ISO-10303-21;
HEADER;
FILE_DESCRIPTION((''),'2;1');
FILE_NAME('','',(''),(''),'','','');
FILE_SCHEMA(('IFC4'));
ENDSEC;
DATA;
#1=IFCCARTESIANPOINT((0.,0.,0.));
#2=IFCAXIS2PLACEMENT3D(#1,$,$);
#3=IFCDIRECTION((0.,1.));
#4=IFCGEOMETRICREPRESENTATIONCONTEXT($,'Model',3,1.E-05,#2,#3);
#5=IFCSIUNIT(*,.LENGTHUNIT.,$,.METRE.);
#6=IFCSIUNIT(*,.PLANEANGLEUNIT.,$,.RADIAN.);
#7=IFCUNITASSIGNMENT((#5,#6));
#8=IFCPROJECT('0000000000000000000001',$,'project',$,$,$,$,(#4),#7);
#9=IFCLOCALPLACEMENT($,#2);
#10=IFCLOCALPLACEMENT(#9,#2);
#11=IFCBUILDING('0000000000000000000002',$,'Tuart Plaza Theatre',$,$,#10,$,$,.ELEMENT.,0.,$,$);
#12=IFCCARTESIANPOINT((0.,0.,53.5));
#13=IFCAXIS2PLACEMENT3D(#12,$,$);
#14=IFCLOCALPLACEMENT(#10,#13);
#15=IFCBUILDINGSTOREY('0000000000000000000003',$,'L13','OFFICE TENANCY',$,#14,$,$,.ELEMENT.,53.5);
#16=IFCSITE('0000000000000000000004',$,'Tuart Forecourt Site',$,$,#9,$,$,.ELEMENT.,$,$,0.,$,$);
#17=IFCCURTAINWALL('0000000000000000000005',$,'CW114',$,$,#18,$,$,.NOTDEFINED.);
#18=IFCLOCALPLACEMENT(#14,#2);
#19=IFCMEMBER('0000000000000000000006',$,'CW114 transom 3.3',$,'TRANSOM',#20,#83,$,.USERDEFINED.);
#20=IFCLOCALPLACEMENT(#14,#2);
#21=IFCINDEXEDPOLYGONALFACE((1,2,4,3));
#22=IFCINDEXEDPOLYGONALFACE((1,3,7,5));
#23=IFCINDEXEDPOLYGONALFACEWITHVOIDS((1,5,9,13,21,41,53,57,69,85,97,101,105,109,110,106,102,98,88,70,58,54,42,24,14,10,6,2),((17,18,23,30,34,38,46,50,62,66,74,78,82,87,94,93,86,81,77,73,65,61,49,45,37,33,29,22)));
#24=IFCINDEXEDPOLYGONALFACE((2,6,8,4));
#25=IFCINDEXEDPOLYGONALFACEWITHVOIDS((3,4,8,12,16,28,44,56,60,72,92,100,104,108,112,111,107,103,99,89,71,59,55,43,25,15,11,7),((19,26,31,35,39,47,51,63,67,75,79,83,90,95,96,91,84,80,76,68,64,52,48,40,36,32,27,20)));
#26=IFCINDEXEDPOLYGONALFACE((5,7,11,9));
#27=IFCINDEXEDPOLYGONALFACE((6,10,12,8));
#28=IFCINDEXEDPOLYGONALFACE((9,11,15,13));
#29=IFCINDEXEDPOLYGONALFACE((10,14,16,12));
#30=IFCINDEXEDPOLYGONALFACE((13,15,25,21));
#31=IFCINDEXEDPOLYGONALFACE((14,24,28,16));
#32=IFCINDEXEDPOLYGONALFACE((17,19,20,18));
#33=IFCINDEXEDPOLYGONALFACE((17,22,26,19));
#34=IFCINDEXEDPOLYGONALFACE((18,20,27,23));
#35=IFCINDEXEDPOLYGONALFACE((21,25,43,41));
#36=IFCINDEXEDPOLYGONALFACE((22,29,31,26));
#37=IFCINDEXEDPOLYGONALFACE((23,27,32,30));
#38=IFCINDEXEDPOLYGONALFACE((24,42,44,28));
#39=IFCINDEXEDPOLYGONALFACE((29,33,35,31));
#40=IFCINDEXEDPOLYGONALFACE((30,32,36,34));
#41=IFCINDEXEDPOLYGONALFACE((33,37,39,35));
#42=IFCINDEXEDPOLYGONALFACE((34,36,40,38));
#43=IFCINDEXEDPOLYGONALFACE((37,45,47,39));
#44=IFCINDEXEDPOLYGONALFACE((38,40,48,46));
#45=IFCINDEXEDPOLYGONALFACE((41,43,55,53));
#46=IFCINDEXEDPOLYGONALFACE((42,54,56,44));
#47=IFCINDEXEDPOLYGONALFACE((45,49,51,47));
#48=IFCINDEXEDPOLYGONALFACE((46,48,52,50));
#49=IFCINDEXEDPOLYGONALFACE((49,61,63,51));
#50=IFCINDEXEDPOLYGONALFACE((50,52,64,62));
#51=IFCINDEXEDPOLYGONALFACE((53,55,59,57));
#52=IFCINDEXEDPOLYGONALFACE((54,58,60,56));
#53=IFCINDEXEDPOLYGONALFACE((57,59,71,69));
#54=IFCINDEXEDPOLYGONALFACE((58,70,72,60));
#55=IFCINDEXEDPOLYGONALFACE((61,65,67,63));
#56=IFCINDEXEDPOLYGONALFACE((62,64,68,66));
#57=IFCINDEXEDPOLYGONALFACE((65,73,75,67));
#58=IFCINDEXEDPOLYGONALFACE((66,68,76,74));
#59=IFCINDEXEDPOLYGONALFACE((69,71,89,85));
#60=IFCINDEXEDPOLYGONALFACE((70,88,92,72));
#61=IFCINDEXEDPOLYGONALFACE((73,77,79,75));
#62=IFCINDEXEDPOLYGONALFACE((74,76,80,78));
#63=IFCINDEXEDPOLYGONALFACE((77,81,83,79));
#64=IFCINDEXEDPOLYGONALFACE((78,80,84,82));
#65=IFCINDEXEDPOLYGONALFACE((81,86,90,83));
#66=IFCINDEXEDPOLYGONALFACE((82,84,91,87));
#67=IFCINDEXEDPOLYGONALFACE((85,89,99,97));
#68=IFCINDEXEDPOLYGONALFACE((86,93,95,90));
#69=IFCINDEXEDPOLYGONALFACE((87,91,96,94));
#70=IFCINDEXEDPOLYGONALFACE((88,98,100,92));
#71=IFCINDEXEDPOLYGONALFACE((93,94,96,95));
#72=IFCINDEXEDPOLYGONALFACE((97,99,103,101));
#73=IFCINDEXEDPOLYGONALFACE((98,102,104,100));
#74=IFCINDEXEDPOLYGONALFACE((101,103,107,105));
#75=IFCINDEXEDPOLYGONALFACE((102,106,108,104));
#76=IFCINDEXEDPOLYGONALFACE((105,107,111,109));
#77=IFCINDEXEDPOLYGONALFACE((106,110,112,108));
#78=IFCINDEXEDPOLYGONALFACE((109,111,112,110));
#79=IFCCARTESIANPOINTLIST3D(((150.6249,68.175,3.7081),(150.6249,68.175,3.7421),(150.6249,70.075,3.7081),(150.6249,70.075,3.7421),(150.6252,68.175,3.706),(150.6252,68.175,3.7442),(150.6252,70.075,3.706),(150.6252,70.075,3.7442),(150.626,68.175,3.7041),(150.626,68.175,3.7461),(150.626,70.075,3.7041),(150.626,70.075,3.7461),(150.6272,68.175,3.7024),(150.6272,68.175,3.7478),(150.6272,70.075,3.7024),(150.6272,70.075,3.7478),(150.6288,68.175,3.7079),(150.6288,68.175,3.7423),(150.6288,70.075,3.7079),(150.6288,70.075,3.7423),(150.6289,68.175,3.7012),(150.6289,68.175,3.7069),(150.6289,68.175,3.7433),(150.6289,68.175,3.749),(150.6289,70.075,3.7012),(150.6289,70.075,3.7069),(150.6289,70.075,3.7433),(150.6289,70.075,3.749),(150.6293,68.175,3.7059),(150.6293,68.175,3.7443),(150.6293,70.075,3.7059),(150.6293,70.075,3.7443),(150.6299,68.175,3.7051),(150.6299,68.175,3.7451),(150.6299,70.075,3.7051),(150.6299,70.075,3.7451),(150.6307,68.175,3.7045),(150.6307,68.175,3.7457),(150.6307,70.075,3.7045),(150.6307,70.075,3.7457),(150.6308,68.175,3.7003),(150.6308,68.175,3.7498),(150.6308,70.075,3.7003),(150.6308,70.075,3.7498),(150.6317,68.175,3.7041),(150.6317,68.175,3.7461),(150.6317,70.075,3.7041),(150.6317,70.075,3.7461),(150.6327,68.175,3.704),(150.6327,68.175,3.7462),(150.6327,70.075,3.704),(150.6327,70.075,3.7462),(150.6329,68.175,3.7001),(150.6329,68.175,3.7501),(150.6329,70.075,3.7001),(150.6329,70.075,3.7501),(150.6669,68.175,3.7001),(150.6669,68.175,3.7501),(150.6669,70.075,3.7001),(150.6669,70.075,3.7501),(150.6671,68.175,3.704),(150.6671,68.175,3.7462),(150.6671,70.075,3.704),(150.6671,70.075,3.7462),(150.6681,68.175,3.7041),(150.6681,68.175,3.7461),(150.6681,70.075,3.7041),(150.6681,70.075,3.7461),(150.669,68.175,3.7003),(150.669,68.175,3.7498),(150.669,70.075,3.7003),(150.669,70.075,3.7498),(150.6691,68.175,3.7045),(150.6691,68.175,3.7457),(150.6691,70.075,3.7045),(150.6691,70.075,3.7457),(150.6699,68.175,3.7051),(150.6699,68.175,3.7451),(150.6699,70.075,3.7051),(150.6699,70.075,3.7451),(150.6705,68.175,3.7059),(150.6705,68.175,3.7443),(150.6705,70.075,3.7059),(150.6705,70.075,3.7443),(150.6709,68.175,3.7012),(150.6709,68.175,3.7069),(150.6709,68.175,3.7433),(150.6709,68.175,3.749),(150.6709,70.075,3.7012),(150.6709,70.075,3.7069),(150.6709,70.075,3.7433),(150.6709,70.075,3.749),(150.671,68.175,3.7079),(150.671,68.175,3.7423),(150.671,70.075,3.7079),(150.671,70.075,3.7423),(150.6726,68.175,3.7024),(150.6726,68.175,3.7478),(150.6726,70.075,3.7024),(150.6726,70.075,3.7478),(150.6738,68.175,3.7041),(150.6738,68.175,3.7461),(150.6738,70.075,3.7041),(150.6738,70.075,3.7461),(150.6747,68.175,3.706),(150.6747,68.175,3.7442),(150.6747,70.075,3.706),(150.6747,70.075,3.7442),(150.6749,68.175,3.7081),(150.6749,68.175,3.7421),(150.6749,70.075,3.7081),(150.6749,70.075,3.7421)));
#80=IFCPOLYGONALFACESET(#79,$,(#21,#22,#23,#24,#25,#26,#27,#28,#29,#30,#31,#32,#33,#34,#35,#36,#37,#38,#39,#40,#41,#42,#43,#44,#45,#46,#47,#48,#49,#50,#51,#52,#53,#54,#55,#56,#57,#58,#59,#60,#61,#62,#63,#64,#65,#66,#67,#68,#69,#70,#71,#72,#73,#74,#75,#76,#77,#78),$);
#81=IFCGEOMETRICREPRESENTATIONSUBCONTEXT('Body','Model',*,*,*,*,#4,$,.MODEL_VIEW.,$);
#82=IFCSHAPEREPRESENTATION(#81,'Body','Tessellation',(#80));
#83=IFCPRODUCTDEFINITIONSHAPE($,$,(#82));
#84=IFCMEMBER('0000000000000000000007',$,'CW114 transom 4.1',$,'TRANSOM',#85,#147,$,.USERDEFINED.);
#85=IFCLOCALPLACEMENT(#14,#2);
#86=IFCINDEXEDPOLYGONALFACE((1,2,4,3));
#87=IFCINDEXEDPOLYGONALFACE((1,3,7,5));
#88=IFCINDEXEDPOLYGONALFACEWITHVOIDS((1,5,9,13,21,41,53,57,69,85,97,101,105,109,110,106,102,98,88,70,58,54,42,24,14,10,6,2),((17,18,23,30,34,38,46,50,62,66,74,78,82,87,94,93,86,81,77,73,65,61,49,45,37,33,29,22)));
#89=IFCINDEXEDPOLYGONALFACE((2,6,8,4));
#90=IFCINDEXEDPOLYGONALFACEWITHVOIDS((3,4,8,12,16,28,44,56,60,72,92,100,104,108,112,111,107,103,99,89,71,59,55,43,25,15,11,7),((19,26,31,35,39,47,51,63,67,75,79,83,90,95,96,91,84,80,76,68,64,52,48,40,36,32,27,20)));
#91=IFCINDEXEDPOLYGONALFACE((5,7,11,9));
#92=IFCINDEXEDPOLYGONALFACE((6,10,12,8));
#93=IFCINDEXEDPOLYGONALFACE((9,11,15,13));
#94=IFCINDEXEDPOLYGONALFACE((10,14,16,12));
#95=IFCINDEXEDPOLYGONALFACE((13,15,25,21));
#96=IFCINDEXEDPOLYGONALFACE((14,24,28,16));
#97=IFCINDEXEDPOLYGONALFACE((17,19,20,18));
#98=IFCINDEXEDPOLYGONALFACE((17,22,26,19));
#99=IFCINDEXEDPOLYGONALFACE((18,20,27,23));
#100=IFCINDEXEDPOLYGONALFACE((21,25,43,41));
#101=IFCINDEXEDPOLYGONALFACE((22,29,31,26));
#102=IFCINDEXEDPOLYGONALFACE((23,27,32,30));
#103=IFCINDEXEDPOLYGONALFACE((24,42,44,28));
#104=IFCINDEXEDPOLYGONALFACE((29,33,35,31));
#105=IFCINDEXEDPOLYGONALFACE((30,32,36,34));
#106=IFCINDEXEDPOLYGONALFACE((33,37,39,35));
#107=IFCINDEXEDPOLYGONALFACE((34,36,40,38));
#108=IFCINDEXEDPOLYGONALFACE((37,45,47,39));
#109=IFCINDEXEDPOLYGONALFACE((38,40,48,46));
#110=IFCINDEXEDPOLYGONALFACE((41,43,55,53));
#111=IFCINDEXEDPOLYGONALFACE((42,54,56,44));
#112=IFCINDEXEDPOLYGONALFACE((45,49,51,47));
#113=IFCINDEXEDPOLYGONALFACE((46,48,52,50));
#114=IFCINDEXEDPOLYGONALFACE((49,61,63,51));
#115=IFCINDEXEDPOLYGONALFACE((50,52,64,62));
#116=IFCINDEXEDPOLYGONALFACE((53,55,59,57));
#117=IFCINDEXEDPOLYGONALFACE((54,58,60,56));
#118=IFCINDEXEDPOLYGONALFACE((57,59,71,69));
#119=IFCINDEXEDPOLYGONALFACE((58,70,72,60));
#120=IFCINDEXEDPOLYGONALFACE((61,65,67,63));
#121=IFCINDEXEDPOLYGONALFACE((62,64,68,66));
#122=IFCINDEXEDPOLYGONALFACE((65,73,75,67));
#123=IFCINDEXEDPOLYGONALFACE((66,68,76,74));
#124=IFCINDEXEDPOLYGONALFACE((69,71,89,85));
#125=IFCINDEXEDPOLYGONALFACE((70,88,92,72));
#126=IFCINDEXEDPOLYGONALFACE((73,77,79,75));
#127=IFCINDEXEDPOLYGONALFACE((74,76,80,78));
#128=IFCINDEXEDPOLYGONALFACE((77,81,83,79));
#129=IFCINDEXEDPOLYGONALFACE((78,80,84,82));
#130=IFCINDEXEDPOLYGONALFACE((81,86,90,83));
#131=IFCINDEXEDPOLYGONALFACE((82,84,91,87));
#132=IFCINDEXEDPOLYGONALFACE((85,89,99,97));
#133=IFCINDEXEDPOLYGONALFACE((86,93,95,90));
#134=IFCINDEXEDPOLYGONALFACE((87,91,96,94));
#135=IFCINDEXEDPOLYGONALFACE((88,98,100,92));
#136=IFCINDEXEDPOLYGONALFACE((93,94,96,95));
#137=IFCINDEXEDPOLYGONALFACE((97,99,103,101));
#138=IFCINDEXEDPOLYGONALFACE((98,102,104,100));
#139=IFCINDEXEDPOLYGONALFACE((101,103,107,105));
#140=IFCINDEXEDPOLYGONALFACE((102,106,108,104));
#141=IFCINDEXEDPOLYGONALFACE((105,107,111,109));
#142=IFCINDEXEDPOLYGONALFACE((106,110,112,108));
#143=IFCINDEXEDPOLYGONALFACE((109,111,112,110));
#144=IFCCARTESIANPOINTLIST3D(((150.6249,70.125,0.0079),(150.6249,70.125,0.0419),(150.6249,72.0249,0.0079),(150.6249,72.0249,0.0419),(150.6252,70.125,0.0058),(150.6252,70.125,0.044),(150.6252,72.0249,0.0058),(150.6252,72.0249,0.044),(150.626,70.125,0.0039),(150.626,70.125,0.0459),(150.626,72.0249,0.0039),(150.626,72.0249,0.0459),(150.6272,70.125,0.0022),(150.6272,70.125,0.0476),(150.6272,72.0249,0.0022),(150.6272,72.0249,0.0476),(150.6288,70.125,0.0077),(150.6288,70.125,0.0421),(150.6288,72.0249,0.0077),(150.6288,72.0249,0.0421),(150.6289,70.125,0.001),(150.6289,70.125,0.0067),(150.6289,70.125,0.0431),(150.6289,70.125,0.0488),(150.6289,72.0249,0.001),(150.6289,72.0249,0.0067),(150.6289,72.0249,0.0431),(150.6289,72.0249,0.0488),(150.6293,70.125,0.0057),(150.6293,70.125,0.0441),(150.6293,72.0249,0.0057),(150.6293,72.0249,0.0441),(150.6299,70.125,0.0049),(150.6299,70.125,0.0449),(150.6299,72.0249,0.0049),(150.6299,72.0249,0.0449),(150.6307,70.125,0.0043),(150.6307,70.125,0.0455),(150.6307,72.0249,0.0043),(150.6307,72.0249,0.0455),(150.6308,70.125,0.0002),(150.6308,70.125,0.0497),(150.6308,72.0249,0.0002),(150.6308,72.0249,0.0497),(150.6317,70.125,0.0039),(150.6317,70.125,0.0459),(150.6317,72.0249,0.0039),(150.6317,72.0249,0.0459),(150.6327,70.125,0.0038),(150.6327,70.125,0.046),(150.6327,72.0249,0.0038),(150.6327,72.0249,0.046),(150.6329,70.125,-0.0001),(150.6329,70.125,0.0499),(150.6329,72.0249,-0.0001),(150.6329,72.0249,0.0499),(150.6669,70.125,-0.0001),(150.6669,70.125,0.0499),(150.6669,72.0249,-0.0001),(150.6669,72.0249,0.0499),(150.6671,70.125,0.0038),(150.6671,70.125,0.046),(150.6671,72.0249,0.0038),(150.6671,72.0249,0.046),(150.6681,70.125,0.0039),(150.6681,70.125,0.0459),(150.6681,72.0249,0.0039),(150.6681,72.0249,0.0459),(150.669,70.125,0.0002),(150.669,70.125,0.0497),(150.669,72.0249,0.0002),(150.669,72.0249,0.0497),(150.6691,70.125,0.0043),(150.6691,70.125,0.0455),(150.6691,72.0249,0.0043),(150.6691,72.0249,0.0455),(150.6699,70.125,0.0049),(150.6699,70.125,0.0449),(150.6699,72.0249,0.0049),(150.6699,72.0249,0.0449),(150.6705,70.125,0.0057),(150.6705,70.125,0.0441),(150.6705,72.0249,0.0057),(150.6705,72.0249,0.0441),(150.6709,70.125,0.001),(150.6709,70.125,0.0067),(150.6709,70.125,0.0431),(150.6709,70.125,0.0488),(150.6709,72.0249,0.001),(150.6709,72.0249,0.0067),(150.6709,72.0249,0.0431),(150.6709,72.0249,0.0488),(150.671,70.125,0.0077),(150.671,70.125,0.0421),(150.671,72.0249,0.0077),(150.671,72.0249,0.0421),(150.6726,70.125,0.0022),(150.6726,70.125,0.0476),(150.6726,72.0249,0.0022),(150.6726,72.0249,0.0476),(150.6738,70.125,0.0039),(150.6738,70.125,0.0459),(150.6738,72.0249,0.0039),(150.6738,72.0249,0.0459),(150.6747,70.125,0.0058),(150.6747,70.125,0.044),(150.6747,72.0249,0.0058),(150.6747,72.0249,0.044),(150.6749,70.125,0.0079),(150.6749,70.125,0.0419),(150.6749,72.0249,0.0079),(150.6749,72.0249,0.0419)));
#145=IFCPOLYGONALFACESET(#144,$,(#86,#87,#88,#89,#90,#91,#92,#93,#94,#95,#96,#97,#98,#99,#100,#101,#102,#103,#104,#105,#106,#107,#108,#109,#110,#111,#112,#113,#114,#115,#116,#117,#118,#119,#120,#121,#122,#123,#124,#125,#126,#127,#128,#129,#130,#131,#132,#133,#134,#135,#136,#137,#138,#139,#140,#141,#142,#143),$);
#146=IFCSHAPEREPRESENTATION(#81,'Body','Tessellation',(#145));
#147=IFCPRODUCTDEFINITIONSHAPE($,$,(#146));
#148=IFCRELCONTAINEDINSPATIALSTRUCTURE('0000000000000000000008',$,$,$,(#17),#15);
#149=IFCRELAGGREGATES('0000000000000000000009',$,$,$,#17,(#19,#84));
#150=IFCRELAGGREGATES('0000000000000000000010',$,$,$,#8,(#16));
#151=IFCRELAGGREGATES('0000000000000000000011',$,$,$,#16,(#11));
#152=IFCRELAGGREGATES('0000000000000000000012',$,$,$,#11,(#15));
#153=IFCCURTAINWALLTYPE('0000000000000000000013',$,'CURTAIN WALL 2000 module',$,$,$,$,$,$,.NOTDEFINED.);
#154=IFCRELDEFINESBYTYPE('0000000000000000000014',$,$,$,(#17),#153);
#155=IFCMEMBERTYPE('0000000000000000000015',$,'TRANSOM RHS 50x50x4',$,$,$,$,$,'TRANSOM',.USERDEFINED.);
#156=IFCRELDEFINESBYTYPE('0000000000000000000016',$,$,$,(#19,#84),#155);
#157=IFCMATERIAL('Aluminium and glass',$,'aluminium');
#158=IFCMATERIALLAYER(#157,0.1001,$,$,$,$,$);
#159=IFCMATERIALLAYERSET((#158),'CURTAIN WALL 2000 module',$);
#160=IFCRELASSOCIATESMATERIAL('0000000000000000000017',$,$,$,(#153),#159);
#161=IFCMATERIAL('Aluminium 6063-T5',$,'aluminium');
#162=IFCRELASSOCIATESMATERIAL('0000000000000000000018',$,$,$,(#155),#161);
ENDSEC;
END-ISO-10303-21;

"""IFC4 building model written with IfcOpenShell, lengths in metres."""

from ifc_helpers import new_model, si_unit, direction, frame, origin, origin_2d, place, context, subcontext, project, spatial, hollow_rectangle, extrude, material, layer, layer_set, material_profile, profile_set, type_object, element, aggregate, save


model = new_model("IFC4")

# Units and contexts
model_context = context("Model", 3, precision=1e-05, world=origin(), true_north=direction((0.0, 1.0)))
body_context = subcontext(model_context, "Body", "Model", "MODEL_VIEW")
ifc_project = project(units=[si_unit("LENGTHUNIT", "METRE"), si_unit("PLANEANGLEUNIT", "RADIAN")], contexts=[model_context])

# Site, building, storey
site_placement = place(None, origin())
site = spatial("IfcSite", under=ifc_project, at=site_placement, Name="Tuart Forecourt Site", CompositionType="ELEMENT", RefElevation=0.0)
building_placement = place(site_placement, origin())
building = spatial("IfcBuilding", under=site, at=building_placement, Name="Tuart Plaza Theatre", CompositionType="ELEMENT", ElevationOfRefHeight=0.0)
storey_placement = place(building_placement, frame((0.0, 0.0, 53.5)))
storey = spatial("IfcBuildingStorey", under=building, at=storey_placement, Name="L13", Description="OFFICE TENANCY", CompositionType="ELEMENT", Elevation=53.5)

# Shared definitions
ifc_material_1 = material(Name="Aluminium and glass", Category="aluminium")
ifc_layer_1 = layer(ifc_material_1, 0.1001)
ifc_layer_set_1 = layer_set([ifc_layer_1], Name="CURTAIN WALL 2000 module")
curtain_wall_type = type_object("IfcCurtainWallType", Name="CURTAIN WALL 2000 module", PredefinedType="NOTDEFINED", material=ifc_layer_set_1)

# Curtain wall, members
curtain_wall_1_placement = place(storey_placement, origin())
curtain_wall_1 = element("IfcCurtainWall", 1, at=curtain_wall_1_placement, inside=storey, type_object=curtain_wall_type, Name="CW114", PredefinedType="NOTDEFINED")
ifc_material_2 = material(Name="Aluminium 6063-T5", Category="aluminium")
ifc_material_profile_1 = material_profile(ifc_material_2, hollow_rectangle(XDim=0.05, YDim=0.05, WallThickness=0.0039, InnerFilletRadius=0.0039, OuterFilletRadius=0.0081, at=origin_2d()), Name="RHS 50x50x4")
ifc_profile_set_1 = profile_set([ifc_material_profile_1], Name="Aluminium 6063-T5")
member_type_1 = type_object("IfcMemberType", Name="TRANSOM RHS 50x50x4", ElementType="TRANSOM", PredefinedType="USERDEFINED", material=ifc_profile_set_1)
member_1_placement = place(storey_placement, frame((150.6499, 68.175, 3.7251), z_axis=(0.0, 1.0, 0.0), x_axis=(-1.0, 0.0, 0.0)))
member_1 = element("IfcMember", 2, at=member_1_placement, type_object=member_type_1, Name="CW114 transom 3.3", ObjectType="TRANSOM", PredefinedType="USERDEFINED", context=body_context, shape_type="SweptSolid", body=[
    extrude(hollow_rectangle(XDim=0.05, YDim=0.05, WallThickness=0.0039, InnerFilletRadius=0.0039, OuterFilletRadius=0.0081, at=origin_2d()), origin(), (0.0, 0.0, 1.0), 1.8999),
])
member_2_placement = place(storey_placement, frame((150.6499, 70.125, 0.0249), z_axis=(0.0, 1.0, 0.0), x_axis=(-1.0, 0.0, 0.0)))
member_2 = element("IfcMember", 3, at=member_2_placement, type_object=member_type_1, Name="CW114 transom 4.1", ObjectType="TRANSOM", PredefinedType="USERDEFINED", context=body_context, shape_type="SweptSolid", body=[
    extrude(hollow_rectangle(XDim=0.05, YDim=0.05, WallThickness=0.0039, InnerFilletRadius=0.0039, OuterFilletRadius=0.0081, at=origin_2d()), origin(), (0.0, 0.0, 1.0), 1.8999),
])

aggregate(curtain_wall_1, [member_1, member_2])

save(model, "model.ifc")
